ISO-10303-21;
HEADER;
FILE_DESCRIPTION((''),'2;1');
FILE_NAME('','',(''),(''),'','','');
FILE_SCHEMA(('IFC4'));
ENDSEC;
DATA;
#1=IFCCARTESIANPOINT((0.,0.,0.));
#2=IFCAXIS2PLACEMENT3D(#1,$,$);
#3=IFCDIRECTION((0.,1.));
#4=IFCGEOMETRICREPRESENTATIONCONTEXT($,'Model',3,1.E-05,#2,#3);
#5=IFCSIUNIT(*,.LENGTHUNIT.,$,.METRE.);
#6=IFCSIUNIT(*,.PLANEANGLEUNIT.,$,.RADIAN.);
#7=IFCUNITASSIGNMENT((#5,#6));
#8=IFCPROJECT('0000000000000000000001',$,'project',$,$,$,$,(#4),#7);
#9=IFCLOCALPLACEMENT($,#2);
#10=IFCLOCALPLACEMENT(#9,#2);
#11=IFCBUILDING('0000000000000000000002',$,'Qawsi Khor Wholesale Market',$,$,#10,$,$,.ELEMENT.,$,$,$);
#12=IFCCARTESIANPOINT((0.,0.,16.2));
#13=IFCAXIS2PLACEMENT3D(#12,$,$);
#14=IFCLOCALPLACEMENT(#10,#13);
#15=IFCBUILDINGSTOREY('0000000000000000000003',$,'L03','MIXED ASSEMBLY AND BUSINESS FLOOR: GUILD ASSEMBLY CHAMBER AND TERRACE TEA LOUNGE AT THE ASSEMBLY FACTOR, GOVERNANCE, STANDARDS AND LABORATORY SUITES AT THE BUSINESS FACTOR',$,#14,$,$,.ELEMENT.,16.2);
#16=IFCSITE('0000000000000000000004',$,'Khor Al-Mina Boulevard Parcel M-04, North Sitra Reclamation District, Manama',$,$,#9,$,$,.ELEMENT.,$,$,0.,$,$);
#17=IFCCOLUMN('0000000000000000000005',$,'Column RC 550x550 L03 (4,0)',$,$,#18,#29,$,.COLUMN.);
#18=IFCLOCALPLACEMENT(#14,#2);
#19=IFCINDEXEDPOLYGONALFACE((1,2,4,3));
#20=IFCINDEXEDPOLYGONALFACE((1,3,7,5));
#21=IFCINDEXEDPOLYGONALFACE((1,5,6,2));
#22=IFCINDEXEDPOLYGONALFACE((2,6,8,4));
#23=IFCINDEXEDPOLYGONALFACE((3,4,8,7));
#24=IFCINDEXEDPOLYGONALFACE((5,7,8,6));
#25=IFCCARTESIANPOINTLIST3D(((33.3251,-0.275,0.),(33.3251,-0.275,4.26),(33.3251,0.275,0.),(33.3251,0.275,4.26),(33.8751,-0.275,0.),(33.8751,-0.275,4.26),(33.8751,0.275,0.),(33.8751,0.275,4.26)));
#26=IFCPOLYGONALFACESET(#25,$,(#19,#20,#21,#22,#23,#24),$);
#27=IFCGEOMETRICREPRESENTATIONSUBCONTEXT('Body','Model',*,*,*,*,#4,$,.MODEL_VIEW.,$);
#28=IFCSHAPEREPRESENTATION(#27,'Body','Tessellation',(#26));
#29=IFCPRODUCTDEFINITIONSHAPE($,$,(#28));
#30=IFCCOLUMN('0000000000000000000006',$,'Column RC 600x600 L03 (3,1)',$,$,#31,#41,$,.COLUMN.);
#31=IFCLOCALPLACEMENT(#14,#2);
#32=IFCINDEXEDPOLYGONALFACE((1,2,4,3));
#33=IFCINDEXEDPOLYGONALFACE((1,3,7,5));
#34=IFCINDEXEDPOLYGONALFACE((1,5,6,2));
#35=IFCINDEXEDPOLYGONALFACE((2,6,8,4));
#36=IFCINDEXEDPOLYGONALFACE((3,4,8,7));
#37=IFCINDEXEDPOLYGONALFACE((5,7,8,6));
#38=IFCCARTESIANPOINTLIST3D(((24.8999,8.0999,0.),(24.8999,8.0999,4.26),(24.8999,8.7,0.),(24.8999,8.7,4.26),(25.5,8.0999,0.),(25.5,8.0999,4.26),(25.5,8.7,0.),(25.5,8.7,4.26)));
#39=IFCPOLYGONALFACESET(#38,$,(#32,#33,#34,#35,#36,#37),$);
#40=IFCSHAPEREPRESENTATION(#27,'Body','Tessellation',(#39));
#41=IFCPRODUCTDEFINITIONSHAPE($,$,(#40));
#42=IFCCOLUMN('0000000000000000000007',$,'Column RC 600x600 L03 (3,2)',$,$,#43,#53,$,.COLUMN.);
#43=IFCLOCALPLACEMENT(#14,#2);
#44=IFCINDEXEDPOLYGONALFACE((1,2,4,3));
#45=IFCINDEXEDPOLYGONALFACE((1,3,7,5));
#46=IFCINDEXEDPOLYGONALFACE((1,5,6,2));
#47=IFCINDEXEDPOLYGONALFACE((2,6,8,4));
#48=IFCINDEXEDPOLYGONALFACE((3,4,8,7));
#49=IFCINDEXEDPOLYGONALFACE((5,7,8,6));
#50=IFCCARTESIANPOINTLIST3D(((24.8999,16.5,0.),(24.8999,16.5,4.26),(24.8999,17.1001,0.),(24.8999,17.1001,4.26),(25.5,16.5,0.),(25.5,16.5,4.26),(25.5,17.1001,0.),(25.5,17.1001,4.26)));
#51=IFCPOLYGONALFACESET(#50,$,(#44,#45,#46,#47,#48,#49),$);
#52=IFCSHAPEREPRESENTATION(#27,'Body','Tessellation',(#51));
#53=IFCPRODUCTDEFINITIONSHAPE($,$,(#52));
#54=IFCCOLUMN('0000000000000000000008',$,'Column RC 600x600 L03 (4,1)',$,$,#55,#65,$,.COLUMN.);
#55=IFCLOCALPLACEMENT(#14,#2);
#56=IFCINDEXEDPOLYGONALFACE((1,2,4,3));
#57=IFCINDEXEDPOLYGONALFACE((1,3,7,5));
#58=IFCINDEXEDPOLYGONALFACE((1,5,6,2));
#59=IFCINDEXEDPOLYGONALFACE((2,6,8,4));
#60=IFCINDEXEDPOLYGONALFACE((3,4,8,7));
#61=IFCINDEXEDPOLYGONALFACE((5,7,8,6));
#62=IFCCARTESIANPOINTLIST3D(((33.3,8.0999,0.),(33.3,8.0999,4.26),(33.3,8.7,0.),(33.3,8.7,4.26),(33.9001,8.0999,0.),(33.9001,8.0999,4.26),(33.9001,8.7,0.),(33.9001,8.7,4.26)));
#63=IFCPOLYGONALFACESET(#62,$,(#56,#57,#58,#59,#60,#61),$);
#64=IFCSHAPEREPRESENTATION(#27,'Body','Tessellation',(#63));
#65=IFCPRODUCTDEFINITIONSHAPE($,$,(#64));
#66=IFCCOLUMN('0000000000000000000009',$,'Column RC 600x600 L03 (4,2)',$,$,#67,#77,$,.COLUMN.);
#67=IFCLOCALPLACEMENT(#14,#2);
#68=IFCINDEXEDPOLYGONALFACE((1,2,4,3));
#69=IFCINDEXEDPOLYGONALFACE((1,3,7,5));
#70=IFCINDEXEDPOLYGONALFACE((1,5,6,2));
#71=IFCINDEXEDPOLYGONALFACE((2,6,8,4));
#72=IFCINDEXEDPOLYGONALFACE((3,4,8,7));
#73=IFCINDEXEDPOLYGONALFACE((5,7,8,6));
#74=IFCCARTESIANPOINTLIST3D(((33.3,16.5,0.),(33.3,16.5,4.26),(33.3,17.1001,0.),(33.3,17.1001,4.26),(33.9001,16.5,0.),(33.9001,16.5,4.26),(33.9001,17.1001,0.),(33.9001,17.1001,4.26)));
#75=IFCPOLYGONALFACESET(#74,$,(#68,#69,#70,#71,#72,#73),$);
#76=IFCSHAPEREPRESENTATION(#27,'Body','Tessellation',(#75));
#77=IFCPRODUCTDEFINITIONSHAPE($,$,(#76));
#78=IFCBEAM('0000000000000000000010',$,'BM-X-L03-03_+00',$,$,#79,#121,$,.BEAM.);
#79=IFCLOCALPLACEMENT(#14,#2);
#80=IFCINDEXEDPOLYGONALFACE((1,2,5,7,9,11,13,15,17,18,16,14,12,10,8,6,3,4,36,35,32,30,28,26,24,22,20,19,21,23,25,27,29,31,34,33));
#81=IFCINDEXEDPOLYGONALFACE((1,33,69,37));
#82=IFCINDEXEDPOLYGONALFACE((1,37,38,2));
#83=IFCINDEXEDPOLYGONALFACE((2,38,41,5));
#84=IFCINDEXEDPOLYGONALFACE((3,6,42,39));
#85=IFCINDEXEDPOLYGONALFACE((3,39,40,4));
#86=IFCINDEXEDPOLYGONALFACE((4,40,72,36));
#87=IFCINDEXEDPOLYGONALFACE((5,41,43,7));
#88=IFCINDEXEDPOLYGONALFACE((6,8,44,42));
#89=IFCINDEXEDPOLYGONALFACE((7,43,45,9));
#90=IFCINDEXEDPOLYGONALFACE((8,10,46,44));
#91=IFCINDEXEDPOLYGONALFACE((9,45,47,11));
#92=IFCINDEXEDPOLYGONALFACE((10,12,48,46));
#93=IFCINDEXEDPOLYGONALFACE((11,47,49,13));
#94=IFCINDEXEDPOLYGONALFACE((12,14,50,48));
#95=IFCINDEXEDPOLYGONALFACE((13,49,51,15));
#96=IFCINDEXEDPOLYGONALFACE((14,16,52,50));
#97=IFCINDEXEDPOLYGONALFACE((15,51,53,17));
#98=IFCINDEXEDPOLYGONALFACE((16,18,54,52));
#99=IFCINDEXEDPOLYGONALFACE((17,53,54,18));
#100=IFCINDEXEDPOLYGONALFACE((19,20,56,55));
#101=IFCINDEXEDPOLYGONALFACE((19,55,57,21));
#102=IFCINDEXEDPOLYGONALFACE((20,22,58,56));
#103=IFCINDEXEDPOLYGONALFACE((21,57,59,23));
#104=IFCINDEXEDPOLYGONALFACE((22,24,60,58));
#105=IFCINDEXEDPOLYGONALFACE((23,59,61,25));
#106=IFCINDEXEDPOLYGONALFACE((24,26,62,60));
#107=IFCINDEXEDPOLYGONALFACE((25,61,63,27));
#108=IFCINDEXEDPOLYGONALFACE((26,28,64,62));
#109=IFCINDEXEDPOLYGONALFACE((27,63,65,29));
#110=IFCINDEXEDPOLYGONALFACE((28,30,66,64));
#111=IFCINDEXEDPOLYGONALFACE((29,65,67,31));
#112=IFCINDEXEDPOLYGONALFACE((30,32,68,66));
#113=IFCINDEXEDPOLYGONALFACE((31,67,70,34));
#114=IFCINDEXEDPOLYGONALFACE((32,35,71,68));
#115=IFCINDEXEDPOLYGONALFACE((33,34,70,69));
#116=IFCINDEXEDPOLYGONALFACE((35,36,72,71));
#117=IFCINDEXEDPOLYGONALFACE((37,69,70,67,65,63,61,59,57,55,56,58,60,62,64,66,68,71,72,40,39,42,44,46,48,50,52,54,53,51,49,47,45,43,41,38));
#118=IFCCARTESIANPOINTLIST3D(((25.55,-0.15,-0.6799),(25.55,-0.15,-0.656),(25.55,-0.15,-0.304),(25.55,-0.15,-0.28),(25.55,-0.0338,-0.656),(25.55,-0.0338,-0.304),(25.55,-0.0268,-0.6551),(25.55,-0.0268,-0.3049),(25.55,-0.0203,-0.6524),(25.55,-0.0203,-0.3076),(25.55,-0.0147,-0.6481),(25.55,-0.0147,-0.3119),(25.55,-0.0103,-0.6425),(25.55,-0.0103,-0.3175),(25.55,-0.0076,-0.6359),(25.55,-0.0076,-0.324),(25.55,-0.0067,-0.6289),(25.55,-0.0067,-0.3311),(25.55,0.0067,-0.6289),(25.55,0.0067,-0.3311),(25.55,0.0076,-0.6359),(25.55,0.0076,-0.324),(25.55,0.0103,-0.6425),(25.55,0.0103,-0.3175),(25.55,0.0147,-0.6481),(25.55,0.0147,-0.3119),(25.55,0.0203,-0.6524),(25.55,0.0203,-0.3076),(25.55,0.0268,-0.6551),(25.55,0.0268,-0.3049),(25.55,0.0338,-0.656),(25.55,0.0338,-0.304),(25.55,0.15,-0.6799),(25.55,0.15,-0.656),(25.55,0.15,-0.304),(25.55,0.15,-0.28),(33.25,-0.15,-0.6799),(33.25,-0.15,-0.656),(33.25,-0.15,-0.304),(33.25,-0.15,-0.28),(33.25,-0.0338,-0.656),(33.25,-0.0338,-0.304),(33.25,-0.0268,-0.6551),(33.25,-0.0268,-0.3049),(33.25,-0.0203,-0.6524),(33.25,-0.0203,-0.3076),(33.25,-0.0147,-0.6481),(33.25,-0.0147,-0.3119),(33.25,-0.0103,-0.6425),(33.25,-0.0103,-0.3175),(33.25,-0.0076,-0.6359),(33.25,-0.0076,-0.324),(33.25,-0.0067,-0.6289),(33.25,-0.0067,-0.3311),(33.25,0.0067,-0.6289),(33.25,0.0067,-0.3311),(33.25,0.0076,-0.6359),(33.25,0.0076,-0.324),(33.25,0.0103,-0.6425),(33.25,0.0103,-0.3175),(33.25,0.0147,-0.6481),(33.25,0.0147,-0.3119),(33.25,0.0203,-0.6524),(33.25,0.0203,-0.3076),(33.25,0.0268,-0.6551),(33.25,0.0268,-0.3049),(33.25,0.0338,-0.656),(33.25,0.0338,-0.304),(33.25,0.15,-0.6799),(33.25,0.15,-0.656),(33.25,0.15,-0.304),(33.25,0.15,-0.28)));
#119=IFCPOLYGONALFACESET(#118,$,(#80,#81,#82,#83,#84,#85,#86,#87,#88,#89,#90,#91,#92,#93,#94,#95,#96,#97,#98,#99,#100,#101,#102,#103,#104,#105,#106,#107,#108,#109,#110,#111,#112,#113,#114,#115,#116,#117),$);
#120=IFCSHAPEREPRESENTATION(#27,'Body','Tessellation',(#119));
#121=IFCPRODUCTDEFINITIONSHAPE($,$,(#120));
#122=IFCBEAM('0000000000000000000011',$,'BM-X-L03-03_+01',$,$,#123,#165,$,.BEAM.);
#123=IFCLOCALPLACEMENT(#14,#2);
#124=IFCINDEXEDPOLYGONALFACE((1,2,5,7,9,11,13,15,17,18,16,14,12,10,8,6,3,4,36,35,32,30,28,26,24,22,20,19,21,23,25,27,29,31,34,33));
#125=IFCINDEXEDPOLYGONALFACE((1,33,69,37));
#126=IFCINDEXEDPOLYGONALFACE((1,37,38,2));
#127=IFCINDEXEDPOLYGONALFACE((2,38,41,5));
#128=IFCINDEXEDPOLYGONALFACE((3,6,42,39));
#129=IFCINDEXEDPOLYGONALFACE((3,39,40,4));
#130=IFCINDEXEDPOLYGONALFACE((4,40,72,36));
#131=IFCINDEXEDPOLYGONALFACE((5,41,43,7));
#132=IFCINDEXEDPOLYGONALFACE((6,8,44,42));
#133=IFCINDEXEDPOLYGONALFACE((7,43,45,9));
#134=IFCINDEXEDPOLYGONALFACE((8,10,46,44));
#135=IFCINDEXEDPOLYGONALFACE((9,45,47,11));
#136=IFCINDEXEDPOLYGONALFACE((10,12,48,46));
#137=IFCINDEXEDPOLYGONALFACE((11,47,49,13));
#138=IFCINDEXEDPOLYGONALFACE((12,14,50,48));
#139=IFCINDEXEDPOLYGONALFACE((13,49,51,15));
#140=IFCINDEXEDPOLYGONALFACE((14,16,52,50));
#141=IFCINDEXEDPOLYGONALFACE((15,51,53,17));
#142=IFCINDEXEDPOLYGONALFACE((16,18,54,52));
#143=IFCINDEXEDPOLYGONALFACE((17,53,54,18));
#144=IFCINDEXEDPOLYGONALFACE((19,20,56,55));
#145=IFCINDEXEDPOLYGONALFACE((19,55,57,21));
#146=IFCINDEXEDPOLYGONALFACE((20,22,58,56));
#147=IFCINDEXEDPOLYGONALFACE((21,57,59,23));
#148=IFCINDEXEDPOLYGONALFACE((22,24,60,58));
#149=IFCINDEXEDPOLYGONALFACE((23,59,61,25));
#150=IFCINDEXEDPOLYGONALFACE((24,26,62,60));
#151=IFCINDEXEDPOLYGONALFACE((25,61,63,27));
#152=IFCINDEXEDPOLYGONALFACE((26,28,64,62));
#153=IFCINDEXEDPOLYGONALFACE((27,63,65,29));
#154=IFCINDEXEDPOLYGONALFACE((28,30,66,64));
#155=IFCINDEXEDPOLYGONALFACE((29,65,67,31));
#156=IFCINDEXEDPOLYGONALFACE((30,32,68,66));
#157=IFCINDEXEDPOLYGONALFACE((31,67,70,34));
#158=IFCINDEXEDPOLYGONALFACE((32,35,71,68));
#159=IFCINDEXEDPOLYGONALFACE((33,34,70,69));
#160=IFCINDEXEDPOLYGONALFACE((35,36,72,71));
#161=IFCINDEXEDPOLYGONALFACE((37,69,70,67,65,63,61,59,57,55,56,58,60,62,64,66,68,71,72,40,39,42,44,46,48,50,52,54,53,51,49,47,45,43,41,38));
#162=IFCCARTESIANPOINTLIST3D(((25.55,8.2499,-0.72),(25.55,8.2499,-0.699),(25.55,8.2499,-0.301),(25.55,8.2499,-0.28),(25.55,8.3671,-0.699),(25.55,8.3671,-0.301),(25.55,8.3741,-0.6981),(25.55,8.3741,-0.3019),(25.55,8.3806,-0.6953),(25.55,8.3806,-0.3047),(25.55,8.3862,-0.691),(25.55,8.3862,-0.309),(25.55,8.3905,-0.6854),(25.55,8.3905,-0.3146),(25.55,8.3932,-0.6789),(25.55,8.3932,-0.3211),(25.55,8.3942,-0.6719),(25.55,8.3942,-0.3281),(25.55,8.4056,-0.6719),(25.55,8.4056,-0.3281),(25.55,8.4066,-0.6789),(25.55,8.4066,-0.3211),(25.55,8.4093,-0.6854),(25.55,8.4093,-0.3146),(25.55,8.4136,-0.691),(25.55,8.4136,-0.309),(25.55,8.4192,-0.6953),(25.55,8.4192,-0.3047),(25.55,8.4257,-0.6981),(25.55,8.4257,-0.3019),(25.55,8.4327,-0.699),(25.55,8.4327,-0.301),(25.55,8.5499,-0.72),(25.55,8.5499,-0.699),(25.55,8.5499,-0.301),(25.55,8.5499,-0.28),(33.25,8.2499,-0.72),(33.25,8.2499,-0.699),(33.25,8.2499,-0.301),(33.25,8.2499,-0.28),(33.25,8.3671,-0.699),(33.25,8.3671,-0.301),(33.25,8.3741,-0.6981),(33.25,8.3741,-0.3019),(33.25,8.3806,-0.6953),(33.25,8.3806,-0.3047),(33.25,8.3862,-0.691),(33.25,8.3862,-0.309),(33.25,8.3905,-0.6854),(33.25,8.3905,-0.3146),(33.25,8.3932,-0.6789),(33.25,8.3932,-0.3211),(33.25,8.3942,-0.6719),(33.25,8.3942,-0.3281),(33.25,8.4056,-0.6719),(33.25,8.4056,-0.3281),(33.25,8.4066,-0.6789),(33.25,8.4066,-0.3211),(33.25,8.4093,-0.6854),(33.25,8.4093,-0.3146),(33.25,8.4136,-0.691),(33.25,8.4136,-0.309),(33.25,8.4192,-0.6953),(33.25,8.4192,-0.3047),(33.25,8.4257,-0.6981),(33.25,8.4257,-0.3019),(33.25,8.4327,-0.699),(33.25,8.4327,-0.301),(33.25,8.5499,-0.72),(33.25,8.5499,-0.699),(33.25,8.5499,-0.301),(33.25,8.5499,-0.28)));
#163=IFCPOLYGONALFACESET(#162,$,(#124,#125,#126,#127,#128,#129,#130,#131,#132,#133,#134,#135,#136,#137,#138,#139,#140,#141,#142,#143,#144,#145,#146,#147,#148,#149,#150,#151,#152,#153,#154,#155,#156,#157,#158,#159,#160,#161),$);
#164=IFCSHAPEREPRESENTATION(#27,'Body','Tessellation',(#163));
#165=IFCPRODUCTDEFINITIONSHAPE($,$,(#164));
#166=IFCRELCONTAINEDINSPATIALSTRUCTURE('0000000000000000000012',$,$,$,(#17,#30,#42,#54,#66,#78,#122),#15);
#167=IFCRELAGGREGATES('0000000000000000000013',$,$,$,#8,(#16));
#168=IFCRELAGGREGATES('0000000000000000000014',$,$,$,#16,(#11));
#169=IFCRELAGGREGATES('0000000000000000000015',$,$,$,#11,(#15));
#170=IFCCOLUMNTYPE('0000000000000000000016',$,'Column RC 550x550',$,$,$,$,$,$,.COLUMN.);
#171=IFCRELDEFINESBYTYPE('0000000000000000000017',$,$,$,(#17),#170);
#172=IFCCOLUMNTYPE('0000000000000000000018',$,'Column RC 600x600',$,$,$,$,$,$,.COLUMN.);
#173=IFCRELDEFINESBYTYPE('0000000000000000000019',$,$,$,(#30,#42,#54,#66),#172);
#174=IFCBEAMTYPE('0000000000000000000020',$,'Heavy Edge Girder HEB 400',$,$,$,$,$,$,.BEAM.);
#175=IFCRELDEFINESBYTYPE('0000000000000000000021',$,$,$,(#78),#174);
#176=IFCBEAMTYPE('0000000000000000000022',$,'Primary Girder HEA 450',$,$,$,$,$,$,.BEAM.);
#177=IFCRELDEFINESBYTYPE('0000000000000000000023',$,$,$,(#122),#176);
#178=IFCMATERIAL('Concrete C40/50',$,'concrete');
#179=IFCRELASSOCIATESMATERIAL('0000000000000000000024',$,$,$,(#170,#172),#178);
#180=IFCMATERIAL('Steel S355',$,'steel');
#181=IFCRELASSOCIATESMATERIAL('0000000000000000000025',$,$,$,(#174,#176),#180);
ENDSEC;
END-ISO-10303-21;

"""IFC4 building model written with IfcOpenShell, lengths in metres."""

from ifc_helpers import new_model, si_unit, direction, frame, origin, origin_2d, place, context, subcontext, project, spatial, rectangle, i_section, extrude, material, material_profile, profile_set, type_object, element, save


model = new_model("IFC4")

# Units and contexts
model_context = context("Model", 3, precision=1e-05, world=origin(), true_north=direction((0.0, 1.0)))
body_context = subcontext(model_context, "Body", "Model", "MODEL_VIEW")
ifc_project = project(units=[si_unit("LENGTHUNIT", "METRE"), si_unit("PLANEANGLEUNIT", "RADIAN")], contexts=[model_context])

# Site, building, storey
site_placement = place(None, origin())
site = spatial("IfcSite", under=ifc_project, at=site_placement, Name="Khor Al-Mina Boulevard Parcel M-04, North Sitra Reclamation District, Manama", CompositionType="ELEMENT", RefElevation=0.0)
building_placement = place(site_placement, origin())
building = spatial("IfcBuilding", under=site, at=building_placement, Name="Qawsi Khor Wholesale Market", CompositionType="ELEMENT")
storey_placement = place(building_placement, frame((0.0, 0.0, 16.2)))
storey = spatial("IfcBuildingStorey", under=building, at=storey_placement, Name="L03", Description="MIXED ASSEMBLY AND BUSINESS FLOOR: GUILD ASSEMBLY CHAMBER AND TERRACE TEA LOUNGE AT THE ASSEMBLY FACTOR, GOVERNANCE, STANDARDS AND LABORATORY SUITES AT THE BUSINESS FACTOR", CompositionType="ELEMENT", Elevation=16.2)

# Columns
ifc_material_1 = material(Name="Concrete C40/50", Category="concrete")
ifc_material_profile_1 = material_profile(ifc_material_1, rectangle(XDim=0.55, YDim=0.55, at=origin_2d()), Name="RC 550x550")
ifc_profile_set_1 = profile_set([ifc_material_profile_1], Name="Concrete C40/50")
column_type_1 = type_object("IfcColumnType", Name="Column RC 550x550", PredefinedType="COLUMN", material=ifc_profile_set_1)
column_placement = place(storey_placement, frame((33.6001, 0.0, 0.0), z_axis=(0.0, 0.0, 1.0), x_axis=(1.0, 0.0, 0.0)))
element("IfcColumn", 1, at=column_placement, inside=storey, type_object=column_type_1, Name="Column RC 550x550 L03 (4,0)", PredefinedType="COLUMN", context=body_context, shape_type="SweptSolid", body=[
    extrude(rectangle(XDim=0.55, YDim=0.55, at=origin_2d()), origin(), (0.0, 0.0, 1.0), 4.26),
])
ifc_material_profile_2 = material_profile(ifc_material_1, rectangle(XDim=0.6001, YDim=0.6001, at=origin_2d()), Name="RC 600x600")
ifc_profile_set_2 = profile_set([ifc_material_profile_2], Name="Concrete C40/50")
column_type_2 = type_object("IfcColumnType", Name="Column RC 600x600", PredefinedType="COLUMN", material=ifc_profile_set_2)
for number, where, z_axis, x_axis, name in (
    (2, (25.2, 8.3999, 0.0), (0.0, 0.0, 1.0), (1.0, 0.0, 0.0), "Column RC 600x600 L03 (3,1)"),
    (3, (25.2, 16.8, 0.0), (0.0, 0.0, 1.0), (1.0, 0.0, 0.0), "Column RC 600x600 L03 (3,2)"),
    (4, (33.6001, 8.3999, 0.0), (0.0, 0.0, 1.0), (1.0, 0.0, 0.0), "Column RC 600x600 L03 (4,1)"),
    (5, (33.6001, 16.8, 0.0), (0.0, 0.0, 1.0), (1.0, 0.0, 0.0), "Column RC 600x600 L03 (4,2)"),
):
    element("IfcColumn", number, at=place(storey_placement, frame(where, z_axis=z_axis, x_axis=x_axis)), inside=storey, type_object=column_type_2, Name=name, PredefinedType="COLUMN", context=body_context, shape_type="SweptSolid", body=[
        extrude(rectangle(XDim=0.6001, YDim=0.6001, at=origin_2d()), origin(), (0.0, 0.0, 1.0), 4.26),
    ])

# Beams
ifc_material_2 = material(Name="Steel S355", Category="steel")
ifc_material_profile_3 = material_profile(ifc_material_2, i_section(OverallWidth=0.3, OverallDepth=0.3999, WebThickness=0.0134, FlangeThickness=0.0239, FilletRadius=0.0271, at=origin_2d()), Name="HEB 400")
ifc_profile_set_3 = profile_set([ifc_material_profile_3], Name="Steel S355")
beam_type_1 = type_object("IfcBeamType", Name="Heavy Edge Girder HEB 400", PredefinedType="BEAM", material=ifc_profile_set_3)
beam_1_placement = place(storey_placement, frame((25.55, 0.0, -0.48), z_axis=(1.0, 0.0, 0.0), x_axis=(0.0, 1.0, 0.0)))
element("IfcBeam", 6, at=beam_1_placement, inside=storey, type_object=beam_type_1, Name="BM-X-L03-03_+00", PredefinedType="BEAM", context=body_context, shape_type="SweptSolid", body=[
    extrude(i_section(OverallWidth=0.3, OverallDepth=0.3999, WebThickness=0.0134, FlangeThickness=0.0239, FilletRadius=0.0271, at=origin_2d()), origin(), (0.0, 0.0, 1.0), 7.7),
])
ifc_material_profile_4 = material_profile(ifc_material_2, i_section(OverallWidth=0.3, OverallDepth=0.4399, WebThickness=0.0115, FlangeThickness=0.021, FilletRadius=0.0271, at=origin_2d()), Name="HEA 450")
ifc_profile_set_4 = profile_set([ifc_material_profile_4], Name="Steel S355")
beam_type_2 = type_object("IfcBeamType", Name="Primary Girder HEA 450", PredefinedType="BEAM", material=ifc_profile_set_4)
beam_2_placement = place(storey_placement, frame((25.55, 8.3999, -0.5), z_axis=(1.0, 0.0, 0.0), x_axis=(0.0, 1.0, 0.0)))
element("IfcBeam", 7, at=beam_2_placement, inside=storey, type_object=beam_type_2, Name="BM-X-L03-03_+01", PredefinedType="BEAM", context=body_context, shape_type="SweptSolid", body=[
    extrude(i_section(OverallWidth=0.3, OverallDepth=0.4399, WebThickness=0.0115, FlangeThickness=0.021, FilletRadius=0.0271, at=origin_2d()), origin(), (0.0, 0.0, 1.0), 7.7),
])

save(model, "model.ifc")
